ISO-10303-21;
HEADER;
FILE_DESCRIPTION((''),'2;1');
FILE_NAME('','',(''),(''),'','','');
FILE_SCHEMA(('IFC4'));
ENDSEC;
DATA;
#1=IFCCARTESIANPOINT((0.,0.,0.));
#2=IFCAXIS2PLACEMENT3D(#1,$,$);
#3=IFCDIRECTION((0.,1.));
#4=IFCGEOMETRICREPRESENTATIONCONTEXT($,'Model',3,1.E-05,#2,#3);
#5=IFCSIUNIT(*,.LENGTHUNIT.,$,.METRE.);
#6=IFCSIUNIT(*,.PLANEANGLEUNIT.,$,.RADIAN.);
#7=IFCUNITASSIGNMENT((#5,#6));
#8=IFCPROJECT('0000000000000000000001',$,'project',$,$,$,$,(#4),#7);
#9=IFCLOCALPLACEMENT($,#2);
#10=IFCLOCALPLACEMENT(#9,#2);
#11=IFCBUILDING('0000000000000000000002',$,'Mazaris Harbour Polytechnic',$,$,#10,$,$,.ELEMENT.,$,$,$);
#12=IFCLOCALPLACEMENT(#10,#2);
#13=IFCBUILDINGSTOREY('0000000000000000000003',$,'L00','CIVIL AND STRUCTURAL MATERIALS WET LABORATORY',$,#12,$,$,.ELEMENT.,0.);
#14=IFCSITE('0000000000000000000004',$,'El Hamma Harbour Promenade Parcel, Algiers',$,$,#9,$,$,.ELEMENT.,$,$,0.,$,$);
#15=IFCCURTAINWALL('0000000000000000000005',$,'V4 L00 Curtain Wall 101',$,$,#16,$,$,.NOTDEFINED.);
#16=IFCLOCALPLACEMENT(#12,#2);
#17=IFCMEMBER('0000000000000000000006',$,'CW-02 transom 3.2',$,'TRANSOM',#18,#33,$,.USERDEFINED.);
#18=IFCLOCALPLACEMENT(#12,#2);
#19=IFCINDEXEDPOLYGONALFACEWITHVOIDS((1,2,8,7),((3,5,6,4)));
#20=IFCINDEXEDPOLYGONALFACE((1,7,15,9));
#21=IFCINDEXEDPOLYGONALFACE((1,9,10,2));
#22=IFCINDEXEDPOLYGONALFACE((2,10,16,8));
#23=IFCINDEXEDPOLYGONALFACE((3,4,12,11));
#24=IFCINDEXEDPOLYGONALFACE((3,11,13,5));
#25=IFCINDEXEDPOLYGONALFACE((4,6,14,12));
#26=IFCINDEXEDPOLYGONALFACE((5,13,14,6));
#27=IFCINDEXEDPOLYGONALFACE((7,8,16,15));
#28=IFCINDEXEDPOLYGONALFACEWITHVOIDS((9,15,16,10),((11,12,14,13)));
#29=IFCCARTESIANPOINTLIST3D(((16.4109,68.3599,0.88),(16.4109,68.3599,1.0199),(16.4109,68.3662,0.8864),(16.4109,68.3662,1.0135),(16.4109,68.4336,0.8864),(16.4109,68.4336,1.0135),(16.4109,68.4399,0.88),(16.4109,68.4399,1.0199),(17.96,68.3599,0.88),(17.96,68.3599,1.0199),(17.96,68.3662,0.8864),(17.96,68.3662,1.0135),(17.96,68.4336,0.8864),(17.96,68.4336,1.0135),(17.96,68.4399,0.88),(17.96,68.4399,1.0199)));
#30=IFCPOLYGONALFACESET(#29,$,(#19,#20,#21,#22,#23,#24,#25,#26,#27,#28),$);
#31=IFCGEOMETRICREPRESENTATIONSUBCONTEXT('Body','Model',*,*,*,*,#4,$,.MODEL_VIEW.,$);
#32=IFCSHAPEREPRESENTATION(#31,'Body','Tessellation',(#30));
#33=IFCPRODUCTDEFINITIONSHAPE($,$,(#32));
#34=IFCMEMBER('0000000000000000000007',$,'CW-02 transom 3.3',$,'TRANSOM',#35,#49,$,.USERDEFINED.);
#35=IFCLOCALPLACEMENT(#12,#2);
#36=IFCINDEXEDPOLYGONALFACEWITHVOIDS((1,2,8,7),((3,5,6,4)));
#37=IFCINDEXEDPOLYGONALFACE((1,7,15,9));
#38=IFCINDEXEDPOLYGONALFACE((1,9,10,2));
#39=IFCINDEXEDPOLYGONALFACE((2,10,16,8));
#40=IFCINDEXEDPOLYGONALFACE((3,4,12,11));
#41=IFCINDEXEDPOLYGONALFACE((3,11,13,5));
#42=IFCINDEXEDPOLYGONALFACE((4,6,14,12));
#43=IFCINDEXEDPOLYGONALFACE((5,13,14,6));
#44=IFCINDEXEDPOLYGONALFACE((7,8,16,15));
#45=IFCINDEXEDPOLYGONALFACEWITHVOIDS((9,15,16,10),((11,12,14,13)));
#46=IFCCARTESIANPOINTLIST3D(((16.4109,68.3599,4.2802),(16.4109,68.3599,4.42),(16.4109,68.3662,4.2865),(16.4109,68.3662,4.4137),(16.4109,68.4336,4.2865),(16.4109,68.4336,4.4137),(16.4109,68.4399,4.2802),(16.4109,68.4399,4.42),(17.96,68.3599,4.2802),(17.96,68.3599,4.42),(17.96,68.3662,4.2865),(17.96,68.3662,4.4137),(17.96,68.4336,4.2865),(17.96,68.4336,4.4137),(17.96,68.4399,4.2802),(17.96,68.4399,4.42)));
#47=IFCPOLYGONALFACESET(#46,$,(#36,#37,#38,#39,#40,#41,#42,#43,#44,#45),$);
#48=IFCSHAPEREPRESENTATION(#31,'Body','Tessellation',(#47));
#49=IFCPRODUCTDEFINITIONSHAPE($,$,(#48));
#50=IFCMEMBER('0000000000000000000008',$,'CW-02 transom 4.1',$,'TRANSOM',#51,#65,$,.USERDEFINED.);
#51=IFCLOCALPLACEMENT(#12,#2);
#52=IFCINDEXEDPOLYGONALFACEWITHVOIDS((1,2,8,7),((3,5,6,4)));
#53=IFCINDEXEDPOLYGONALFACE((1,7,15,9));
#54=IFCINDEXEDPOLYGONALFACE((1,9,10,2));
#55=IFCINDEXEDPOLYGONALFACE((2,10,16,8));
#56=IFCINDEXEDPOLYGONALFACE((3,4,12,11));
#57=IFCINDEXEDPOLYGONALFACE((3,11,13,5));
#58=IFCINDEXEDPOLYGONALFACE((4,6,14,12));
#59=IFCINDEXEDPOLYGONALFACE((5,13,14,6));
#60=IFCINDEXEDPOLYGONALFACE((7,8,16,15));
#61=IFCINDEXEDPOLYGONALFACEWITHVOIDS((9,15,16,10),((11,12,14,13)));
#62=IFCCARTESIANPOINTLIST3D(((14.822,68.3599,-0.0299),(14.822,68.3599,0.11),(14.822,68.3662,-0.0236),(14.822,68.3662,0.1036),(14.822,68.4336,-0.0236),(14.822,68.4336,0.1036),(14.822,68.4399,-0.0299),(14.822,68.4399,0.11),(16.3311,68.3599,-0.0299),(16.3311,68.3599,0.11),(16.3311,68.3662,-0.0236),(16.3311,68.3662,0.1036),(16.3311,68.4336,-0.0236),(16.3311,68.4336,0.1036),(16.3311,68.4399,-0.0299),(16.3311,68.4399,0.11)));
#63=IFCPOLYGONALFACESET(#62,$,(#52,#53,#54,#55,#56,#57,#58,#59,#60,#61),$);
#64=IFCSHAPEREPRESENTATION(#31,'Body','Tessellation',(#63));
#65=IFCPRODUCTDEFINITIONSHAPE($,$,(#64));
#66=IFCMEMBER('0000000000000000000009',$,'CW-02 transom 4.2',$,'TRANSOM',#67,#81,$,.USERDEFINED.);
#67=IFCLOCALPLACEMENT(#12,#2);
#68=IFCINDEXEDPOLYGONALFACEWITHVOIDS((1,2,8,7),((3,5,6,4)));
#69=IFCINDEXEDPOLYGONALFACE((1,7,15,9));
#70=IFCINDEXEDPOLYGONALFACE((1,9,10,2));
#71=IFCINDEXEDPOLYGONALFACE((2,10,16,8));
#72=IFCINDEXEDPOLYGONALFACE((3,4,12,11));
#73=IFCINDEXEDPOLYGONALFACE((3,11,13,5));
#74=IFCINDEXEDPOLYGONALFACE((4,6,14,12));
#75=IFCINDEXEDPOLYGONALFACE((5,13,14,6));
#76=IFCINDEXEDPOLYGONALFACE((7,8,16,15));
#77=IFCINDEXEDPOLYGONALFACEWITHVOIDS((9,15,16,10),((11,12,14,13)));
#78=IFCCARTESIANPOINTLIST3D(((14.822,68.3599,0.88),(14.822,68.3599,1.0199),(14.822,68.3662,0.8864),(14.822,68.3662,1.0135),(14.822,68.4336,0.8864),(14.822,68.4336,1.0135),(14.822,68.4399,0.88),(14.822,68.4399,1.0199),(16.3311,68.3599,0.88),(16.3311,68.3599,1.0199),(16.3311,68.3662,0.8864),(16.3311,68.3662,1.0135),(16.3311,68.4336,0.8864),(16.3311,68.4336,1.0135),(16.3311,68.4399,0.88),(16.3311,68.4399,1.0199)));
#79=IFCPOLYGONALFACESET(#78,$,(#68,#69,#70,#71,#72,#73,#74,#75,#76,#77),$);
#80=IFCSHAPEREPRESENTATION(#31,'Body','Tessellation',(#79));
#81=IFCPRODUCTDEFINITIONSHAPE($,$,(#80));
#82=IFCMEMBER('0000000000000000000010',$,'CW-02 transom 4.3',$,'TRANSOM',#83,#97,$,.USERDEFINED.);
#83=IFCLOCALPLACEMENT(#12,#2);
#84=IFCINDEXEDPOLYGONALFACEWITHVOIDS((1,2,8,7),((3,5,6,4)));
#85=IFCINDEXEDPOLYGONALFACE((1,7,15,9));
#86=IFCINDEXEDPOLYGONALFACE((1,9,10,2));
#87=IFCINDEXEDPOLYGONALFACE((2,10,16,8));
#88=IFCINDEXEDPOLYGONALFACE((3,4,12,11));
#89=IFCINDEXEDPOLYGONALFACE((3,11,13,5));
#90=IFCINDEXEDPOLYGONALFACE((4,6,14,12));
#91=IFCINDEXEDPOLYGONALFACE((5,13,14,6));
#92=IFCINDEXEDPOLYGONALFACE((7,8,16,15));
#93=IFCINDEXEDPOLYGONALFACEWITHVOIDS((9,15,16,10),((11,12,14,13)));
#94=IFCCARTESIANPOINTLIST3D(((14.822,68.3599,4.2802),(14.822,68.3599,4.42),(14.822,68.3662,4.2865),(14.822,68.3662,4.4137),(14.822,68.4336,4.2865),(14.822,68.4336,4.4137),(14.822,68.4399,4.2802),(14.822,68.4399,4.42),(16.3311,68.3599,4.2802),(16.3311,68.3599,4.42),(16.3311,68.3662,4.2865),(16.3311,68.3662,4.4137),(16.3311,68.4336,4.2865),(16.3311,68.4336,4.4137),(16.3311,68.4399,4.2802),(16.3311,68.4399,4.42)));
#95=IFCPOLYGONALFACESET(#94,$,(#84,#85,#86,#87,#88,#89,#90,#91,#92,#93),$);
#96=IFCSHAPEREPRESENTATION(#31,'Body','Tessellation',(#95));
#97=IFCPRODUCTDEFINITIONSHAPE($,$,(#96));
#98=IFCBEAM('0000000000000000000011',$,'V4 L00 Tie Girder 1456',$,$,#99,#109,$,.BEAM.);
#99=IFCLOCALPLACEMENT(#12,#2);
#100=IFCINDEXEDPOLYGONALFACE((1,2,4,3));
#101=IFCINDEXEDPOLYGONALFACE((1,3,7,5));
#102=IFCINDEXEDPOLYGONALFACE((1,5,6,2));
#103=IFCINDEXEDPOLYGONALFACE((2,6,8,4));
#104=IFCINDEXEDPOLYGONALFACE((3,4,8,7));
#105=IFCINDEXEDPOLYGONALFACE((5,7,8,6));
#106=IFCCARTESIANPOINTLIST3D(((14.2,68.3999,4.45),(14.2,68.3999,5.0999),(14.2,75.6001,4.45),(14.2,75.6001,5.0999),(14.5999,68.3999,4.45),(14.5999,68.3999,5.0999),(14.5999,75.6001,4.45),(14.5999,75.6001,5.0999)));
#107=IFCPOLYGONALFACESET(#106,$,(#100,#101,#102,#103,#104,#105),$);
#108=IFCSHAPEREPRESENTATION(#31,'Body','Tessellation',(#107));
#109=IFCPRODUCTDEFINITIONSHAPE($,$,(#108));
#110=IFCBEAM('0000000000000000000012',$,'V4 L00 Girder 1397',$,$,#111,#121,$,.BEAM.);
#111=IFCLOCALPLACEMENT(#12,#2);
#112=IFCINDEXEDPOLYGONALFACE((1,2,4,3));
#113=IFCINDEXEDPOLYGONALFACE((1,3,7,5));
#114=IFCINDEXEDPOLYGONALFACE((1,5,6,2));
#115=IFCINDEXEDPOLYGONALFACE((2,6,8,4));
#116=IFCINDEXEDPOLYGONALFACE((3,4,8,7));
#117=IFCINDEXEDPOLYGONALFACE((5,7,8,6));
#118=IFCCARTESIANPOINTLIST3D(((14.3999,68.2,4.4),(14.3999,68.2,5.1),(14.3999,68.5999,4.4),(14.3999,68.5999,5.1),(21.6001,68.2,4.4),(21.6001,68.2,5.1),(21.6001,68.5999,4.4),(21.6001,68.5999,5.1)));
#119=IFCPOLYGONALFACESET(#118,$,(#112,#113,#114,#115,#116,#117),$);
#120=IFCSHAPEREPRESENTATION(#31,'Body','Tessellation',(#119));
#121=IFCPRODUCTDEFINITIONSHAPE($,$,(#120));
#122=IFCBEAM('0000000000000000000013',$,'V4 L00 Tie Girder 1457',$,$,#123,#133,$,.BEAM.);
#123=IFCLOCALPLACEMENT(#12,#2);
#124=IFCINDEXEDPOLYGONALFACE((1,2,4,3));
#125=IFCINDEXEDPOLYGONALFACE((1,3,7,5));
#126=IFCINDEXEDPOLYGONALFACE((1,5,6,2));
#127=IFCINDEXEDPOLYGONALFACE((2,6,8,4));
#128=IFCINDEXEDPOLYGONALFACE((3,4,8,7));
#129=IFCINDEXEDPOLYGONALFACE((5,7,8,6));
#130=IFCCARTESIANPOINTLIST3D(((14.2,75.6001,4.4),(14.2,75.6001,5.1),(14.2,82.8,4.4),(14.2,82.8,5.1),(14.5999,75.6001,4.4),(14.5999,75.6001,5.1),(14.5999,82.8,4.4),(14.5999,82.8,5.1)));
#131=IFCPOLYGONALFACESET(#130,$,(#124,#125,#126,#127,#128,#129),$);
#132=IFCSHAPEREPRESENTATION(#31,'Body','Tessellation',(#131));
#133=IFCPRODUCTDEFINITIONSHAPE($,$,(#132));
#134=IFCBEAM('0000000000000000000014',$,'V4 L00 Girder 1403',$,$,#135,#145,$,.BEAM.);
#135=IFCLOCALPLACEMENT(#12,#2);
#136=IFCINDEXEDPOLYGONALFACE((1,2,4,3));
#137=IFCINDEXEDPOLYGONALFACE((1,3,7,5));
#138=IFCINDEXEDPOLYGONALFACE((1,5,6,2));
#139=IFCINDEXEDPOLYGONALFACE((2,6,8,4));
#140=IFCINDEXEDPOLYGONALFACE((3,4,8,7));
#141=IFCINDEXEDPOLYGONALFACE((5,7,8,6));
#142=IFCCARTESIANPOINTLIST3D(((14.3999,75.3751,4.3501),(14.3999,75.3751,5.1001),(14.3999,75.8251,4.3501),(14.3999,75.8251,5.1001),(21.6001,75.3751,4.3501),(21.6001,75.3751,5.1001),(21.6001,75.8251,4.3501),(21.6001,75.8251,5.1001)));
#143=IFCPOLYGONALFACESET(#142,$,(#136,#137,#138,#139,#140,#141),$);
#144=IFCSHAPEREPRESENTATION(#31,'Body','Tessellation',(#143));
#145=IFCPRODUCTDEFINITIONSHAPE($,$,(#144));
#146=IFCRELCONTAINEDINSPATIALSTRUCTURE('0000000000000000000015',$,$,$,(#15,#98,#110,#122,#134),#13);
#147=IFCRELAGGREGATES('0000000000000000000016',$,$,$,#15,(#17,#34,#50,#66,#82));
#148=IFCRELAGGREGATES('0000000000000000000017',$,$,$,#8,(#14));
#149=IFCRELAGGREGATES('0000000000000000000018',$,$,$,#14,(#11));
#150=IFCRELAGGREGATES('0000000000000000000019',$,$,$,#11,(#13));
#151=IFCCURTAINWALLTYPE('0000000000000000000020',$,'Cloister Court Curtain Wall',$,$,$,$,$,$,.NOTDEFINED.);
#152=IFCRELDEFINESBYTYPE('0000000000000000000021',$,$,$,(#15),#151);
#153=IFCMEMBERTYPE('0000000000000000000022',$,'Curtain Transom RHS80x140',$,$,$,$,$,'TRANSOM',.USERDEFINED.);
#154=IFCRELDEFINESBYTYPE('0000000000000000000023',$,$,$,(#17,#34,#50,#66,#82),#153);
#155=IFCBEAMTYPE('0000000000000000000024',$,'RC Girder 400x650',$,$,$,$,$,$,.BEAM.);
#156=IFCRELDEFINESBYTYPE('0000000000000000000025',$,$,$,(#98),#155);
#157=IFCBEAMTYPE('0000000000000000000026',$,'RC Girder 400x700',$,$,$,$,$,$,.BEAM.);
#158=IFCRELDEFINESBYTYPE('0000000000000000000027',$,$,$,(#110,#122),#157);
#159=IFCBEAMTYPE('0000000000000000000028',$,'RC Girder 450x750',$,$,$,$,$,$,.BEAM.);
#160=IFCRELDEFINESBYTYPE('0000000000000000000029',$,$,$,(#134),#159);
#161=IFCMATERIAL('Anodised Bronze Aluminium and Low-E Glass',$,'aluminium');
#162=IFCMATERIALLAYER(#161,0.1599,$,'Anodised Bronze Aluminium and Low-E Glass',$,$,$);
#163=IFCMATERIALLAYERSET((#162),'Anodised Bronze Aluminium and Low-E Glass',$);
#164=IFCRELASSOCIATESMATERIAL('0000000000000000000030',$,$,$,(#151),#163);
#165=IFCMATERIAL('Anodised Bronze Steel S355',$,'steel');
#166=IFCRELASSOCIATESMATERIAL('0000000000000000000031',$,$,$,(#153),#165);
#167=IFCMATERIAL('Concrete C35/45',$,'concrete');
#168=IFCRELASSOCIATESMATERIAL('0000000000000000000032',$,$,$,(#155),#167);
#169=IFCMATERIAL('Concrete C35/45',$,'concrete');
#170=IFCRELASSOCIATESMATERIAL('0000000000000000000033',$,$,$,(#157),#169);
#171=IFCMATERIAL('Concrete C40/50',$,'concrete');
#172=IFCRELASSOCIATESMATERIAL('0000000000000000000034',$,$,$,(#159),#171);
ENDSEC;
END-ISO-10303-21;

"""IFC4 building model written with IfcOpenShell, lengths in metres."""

from ifc_helpers import new_model, si_unit, direction, frame, origin, origin_2d, place, context, subcontext, project, spatial, rectangle, hollow_rectangle, extrude, material, layer, layer_set, material_profile, profile_set, type_object, element, aggregate, save


model = new_model("IFC4")

# Units and contexts
model_context = context("Model", 3, precision=1e-05, world=origin(), true_north=direction((0.0, 1.0)))
body_context = subcontext(model_context, "Body", "Model", "MODEL_VIEW")
ifc_project = project(units=[si_unit("LENGTHUNIT", "METRE"), si_unit("PLANEANGLEUNIT", "RADIAN")], contexts=[model_context])

# Site, building, storey
site_placement = place(None, origin())
site = spatial("IfcSite", under=ifc_project, at=site_placement, Name="El Hamma Harbour Promenade Parcel, Algiers", CompositionType="ELEMENT", RefElevation=0.0)
building_placement = place(site_placement, origin())
building = spatial("IfcBuilding", under=site, at=building_placement, Name="Mazaris Harbour Polytechnic", CompositionType="ELEMENT")
storey_placement = place(building_placement, origin())
storey = spatial("IfcBuildingStorey", under=building, at=storey_placement, Name="L00", Description="CIVIL AND STRUCTURAL MATERIALS WET LABORATORY", CompositionType="ELEMENT", Elevation=0.0)

# Curtain wall
ifc_material_1 = material(Name="Anodised Bronze Aluminium and Low-E Glass", Category="aluminium")
ifc_layer_1 = layer(ifc_material_1, 0.1599, Name="Anodised Bronze Aluminium and Low-E Glass")
ifc_layer_set_1 = layer_set([ifc_layer_1], Name="Anodised Bronze Aluminium and Low-E Glass")
curtain_wall_type = type_object("IfcCurtainWallType", Name="Cloister Court Curtain Wall", PredefinedType="NOTDEFINED", material=ifc_layer_set_1)
curtain_wall_1_placement = place(storey_placement, origin())
curtain_wall_1 = element("IfcCurtainWall", 1, at=curtain_wall_1_placement, inside=storey, type_object=curtain_wall_type, Name="V4 L00 Curtain Wall 101", PredefinedType="NOTDEFINED")

# Members
ifc_material_2 = material(Name="Anodised Bronze Steel S355", Category="steel")
ifc_material_profile_1 = material_profile(ifc_material_2, hollow_rectangle(XDim=0.0801, YDim=0.1399, WallThickness=0.0063, at=origin_2d()), Name="RHS 80x140x6.3")
ifc_profile_set_1 = profile_set([ifc_material_profile_1], Name="Anodised Bronze Steel S355")
member_type_1 = type_object("IfcMemberType", Name="Curtain Transom RHS80x140", ElementType="TRANSOM", PredefinedType="USERDEFINED", material=ifc_profile_set_1)
member_1_placement = place(storey_placement, frame((17.96, 68.3999, 0.95), z_axis=(-1.0, 0.0, 0.0), x_axis=(0.0, -1.0, 0.0)))
member_1 = element("IfcMember", 2, at=member_1_placement, type_object=member_type_1, Name="CW-02 transom 3.2", ObjectType="TRANSOM", PredefinedType="USERDEFINED", context=body_context, shape_type="SweptSolid", body=[
    extrude(hollow_rectangle(XDim=0.0801, YDim=0.1399, WallThickness=0.0063, at=origin_2d()), origin(), (0.0, 0.0, 1.0), 1.5491),
])
member_2_placement = place(storey_placement, frame((17.96, 68.3999, 4.3501), z_axis=(-1.0, 0.0, 0.0), x_axis=(0.0, -1.0, 0.0)))
member_2 = element("IfcMember", 3, at=member_2_placement, type_object=member_type_1, Name="CW-02 transom 3.3", ObjectType="TRANSOM", PredefinedType="USERDEFINED", context=body_context, shape_type="SweptSolid", body=[
    extrude(hollow_rectangle(XDim=0.0801, YDim=0.1399, WallThickness=0.0063, at=origin_2d()), origin(), (0.0, 0.0, 1.0), 1.5491),
])
member_3_placement = place(storey_placement, frame((16.3311, 68.3999, 0.04), z_axis=(-1.0, 0.0, 0.0), x_axis=(0.0, -1.0, 0.0)))
member_3 = element("IfcMember", 4, at=member_3_placement, type_object=member_type_1, Name="CW-02 transom 4.1", ObjectType="TRANSOM", PredefinedType="USERDEFINED", context=body_context, shape_type="SweptSolid", body=[
    extrude(hollow_rectangle(XDim=0.0801, YDim=0.1399, WallThickness=0.0063, at=origin_2d()), origin(), (0.0, 0.0, 1.0), 1.509),
])
member_4_placement = place(storey_placement, frame((16.3311, 68.3999, 0.95), z_axis=(-1.0, 0.0, 0.0), x_axis=(0.0, -1.0, 0.0)))
member_4 = element("IfcMember", 5, at=member_4_placement, type_object=member_type_1, Name="CW-02 transom 4.2", ObjectType="TRANSOM", PredefinedType="USERDEFINED", context=body_context, shape_type="SweptSolid", body=[
    extrude(hollow_rectangle(XDim=0.0801, YDim=0.1399, WallThickness=0.0063, at=origin_2d()), origin(), (0.0, 0.0, 1.0), 1.509),
])
member_5_placement = place(storey_placement, frame((16.3311, 68.3999, 4.3501), z_axis=(-1.0, 0.0, 0.0), x_axis=(0.0, -1.0, 0.0)))
member_5 = element("IfcMember", 6, at=member_5_placement, type_object=member_type_1, Name="CW-02 transom 4.3", ObjectType="TRANSOM", PredefinedType="USERDEFINED", context=body_context, shape_type="SweptSolid", body=[
    extrude(hollow_rectangle(XDim=0.0801, YDim=0.1399, WallThickness=0.0063, at=origin_2d()), origin(), (0.0, 0.0, 1.0), 1.509),
])

# Beams
ifc_material_3 = material(Name="Concrete C35/45", Category="concrete")
ifc_material_profile_2 = material_profile(ifc_material_3, rectangle(XDim=0.3999, YDim=0.6499, at=origin_2d()), Name="RECT400x650")
ifc_profile_set_2 = profile_set([ifc_material_profile_2], Name="Concrete C35/45")
beam_type_1 = type_object("IfcBeamType", Name="RC Girder 400x650", PredefinedType="BEAM", material=ifc_profile_set_2)
beam_1_placement = place(storey_placement, frame((14.3999, 68.3999, 4.7749), z_axis=(0.0, 1.0, 0.0), x_axis=(-1.0, 0.0, 0.0)))
element("IfcBeam", 7, at=beam_1_placement, inside=storey, type_object=beam_type_1, Name="V4 L00 Tie Girder 1456", PredefinedType="BEAM", context=body_context, shape_type="SweptSolid", body=[
    extrude(rectangle(XDim=0.3999, YDim=0.6499, at=origin_2d()), origin(), (0.0, 0.0, 1.0), 7.2002),
])
ifc_material_4 = material(Name="Concrete C35/45", Category="concrete")
ifc_material_profile_3 = material_profile(ifc_material_4, rectangle(XDim=0.3999, YDim=0.7, at=origin_2d()), Name="RECT400x700")
ifc_profile_set_3 = profile_set([ifc_material_profile_3], Name="Concrete C35/45")
beam_type_2 = type_object("IfcBeamType", Name="RC Girder 400x700", PredefinedType="BEAM", material=ifc_profile_set_3)
beam_2_placement = place(storey_placement, frame((14.3999, 68.3999, 4.75), z_axis=(1.0, 0.0, 0.0), x_axis=(0.0, 1.0, 0.0)))
element("IfcBeam", 8, at=beam_2_placement, inside=storey, type_object=beam_type_2, Name="V4 L00 Girder 1397", PredefinedType="BEAM", context=body_context, shape_type="SweptSolid", body=[
    extrude(rectangle(XDim=0.3999, YDim=0.7, at=origin_2d()), origin(), (0.0, 0.0, 1.0), 7.2002),
])
beam_3_placement = place(storey_placement, frame((14.3999, 75.6001, 4.75), z_axis=(0.0, 1.0, 0.0), x_axis=(-1.0, 0.0, 0.0)))
element("IfcBeam", 9, at=beam_3_placement, inside=storey, type_object=beam_type_2, Name="V4 L00 Tie Girder 1457", PredefinedType="BEAM", context=body_context, shape_type="SweptSolid", body=[
    extrude(rectangle(XDim=0.3999, YDim=0.7, at=origin_2d()), origin(), (0.0, 0.0, 1.0), 7.2),
])
ifc_material_5 = material(Name="Concrete C40/50", Category="concrete")
ifc_material_profile_4 = material_profile(ifc_material_5, rectangle(XDim=0.45, YDim=0.75, at=origin_2d()), Name="RECT450x750")
ifc_profile_set_4 = profile_set([ifc_material_profile_4], Name="Concrete C40/50")
beam_type_3 = type_object("IfcBeamType", Name="RC Girder 450x750", PredefinedType="BEAM", material=ifc_profile_set_4)
beam_4_placement = place(storey_placement, frame((14.3999, 75.6001, 4.7251), z_axis=(1.0, 0.0, 0.0), x_axis=(0.0, 1.0, 0.0)))
element("IfcBeam", 10, at=beam_4_placement, inside=storey, type_object=beam_type_3, Name="V4 L00 Girder 1403", PredefinedType="BEAM", context=body_context, shape_type="SweptSolid", body=[
    extrude(rectangle(XDim=0.45, YDim=0.75, at=origin_2d()), origin(), (0.0, 0.0, 1.0), 7.2002),
])

aggregate(curtain_wall_1, [member_1, member_2, member_3, member_4, member_5])

save(model, "model.ifc")
